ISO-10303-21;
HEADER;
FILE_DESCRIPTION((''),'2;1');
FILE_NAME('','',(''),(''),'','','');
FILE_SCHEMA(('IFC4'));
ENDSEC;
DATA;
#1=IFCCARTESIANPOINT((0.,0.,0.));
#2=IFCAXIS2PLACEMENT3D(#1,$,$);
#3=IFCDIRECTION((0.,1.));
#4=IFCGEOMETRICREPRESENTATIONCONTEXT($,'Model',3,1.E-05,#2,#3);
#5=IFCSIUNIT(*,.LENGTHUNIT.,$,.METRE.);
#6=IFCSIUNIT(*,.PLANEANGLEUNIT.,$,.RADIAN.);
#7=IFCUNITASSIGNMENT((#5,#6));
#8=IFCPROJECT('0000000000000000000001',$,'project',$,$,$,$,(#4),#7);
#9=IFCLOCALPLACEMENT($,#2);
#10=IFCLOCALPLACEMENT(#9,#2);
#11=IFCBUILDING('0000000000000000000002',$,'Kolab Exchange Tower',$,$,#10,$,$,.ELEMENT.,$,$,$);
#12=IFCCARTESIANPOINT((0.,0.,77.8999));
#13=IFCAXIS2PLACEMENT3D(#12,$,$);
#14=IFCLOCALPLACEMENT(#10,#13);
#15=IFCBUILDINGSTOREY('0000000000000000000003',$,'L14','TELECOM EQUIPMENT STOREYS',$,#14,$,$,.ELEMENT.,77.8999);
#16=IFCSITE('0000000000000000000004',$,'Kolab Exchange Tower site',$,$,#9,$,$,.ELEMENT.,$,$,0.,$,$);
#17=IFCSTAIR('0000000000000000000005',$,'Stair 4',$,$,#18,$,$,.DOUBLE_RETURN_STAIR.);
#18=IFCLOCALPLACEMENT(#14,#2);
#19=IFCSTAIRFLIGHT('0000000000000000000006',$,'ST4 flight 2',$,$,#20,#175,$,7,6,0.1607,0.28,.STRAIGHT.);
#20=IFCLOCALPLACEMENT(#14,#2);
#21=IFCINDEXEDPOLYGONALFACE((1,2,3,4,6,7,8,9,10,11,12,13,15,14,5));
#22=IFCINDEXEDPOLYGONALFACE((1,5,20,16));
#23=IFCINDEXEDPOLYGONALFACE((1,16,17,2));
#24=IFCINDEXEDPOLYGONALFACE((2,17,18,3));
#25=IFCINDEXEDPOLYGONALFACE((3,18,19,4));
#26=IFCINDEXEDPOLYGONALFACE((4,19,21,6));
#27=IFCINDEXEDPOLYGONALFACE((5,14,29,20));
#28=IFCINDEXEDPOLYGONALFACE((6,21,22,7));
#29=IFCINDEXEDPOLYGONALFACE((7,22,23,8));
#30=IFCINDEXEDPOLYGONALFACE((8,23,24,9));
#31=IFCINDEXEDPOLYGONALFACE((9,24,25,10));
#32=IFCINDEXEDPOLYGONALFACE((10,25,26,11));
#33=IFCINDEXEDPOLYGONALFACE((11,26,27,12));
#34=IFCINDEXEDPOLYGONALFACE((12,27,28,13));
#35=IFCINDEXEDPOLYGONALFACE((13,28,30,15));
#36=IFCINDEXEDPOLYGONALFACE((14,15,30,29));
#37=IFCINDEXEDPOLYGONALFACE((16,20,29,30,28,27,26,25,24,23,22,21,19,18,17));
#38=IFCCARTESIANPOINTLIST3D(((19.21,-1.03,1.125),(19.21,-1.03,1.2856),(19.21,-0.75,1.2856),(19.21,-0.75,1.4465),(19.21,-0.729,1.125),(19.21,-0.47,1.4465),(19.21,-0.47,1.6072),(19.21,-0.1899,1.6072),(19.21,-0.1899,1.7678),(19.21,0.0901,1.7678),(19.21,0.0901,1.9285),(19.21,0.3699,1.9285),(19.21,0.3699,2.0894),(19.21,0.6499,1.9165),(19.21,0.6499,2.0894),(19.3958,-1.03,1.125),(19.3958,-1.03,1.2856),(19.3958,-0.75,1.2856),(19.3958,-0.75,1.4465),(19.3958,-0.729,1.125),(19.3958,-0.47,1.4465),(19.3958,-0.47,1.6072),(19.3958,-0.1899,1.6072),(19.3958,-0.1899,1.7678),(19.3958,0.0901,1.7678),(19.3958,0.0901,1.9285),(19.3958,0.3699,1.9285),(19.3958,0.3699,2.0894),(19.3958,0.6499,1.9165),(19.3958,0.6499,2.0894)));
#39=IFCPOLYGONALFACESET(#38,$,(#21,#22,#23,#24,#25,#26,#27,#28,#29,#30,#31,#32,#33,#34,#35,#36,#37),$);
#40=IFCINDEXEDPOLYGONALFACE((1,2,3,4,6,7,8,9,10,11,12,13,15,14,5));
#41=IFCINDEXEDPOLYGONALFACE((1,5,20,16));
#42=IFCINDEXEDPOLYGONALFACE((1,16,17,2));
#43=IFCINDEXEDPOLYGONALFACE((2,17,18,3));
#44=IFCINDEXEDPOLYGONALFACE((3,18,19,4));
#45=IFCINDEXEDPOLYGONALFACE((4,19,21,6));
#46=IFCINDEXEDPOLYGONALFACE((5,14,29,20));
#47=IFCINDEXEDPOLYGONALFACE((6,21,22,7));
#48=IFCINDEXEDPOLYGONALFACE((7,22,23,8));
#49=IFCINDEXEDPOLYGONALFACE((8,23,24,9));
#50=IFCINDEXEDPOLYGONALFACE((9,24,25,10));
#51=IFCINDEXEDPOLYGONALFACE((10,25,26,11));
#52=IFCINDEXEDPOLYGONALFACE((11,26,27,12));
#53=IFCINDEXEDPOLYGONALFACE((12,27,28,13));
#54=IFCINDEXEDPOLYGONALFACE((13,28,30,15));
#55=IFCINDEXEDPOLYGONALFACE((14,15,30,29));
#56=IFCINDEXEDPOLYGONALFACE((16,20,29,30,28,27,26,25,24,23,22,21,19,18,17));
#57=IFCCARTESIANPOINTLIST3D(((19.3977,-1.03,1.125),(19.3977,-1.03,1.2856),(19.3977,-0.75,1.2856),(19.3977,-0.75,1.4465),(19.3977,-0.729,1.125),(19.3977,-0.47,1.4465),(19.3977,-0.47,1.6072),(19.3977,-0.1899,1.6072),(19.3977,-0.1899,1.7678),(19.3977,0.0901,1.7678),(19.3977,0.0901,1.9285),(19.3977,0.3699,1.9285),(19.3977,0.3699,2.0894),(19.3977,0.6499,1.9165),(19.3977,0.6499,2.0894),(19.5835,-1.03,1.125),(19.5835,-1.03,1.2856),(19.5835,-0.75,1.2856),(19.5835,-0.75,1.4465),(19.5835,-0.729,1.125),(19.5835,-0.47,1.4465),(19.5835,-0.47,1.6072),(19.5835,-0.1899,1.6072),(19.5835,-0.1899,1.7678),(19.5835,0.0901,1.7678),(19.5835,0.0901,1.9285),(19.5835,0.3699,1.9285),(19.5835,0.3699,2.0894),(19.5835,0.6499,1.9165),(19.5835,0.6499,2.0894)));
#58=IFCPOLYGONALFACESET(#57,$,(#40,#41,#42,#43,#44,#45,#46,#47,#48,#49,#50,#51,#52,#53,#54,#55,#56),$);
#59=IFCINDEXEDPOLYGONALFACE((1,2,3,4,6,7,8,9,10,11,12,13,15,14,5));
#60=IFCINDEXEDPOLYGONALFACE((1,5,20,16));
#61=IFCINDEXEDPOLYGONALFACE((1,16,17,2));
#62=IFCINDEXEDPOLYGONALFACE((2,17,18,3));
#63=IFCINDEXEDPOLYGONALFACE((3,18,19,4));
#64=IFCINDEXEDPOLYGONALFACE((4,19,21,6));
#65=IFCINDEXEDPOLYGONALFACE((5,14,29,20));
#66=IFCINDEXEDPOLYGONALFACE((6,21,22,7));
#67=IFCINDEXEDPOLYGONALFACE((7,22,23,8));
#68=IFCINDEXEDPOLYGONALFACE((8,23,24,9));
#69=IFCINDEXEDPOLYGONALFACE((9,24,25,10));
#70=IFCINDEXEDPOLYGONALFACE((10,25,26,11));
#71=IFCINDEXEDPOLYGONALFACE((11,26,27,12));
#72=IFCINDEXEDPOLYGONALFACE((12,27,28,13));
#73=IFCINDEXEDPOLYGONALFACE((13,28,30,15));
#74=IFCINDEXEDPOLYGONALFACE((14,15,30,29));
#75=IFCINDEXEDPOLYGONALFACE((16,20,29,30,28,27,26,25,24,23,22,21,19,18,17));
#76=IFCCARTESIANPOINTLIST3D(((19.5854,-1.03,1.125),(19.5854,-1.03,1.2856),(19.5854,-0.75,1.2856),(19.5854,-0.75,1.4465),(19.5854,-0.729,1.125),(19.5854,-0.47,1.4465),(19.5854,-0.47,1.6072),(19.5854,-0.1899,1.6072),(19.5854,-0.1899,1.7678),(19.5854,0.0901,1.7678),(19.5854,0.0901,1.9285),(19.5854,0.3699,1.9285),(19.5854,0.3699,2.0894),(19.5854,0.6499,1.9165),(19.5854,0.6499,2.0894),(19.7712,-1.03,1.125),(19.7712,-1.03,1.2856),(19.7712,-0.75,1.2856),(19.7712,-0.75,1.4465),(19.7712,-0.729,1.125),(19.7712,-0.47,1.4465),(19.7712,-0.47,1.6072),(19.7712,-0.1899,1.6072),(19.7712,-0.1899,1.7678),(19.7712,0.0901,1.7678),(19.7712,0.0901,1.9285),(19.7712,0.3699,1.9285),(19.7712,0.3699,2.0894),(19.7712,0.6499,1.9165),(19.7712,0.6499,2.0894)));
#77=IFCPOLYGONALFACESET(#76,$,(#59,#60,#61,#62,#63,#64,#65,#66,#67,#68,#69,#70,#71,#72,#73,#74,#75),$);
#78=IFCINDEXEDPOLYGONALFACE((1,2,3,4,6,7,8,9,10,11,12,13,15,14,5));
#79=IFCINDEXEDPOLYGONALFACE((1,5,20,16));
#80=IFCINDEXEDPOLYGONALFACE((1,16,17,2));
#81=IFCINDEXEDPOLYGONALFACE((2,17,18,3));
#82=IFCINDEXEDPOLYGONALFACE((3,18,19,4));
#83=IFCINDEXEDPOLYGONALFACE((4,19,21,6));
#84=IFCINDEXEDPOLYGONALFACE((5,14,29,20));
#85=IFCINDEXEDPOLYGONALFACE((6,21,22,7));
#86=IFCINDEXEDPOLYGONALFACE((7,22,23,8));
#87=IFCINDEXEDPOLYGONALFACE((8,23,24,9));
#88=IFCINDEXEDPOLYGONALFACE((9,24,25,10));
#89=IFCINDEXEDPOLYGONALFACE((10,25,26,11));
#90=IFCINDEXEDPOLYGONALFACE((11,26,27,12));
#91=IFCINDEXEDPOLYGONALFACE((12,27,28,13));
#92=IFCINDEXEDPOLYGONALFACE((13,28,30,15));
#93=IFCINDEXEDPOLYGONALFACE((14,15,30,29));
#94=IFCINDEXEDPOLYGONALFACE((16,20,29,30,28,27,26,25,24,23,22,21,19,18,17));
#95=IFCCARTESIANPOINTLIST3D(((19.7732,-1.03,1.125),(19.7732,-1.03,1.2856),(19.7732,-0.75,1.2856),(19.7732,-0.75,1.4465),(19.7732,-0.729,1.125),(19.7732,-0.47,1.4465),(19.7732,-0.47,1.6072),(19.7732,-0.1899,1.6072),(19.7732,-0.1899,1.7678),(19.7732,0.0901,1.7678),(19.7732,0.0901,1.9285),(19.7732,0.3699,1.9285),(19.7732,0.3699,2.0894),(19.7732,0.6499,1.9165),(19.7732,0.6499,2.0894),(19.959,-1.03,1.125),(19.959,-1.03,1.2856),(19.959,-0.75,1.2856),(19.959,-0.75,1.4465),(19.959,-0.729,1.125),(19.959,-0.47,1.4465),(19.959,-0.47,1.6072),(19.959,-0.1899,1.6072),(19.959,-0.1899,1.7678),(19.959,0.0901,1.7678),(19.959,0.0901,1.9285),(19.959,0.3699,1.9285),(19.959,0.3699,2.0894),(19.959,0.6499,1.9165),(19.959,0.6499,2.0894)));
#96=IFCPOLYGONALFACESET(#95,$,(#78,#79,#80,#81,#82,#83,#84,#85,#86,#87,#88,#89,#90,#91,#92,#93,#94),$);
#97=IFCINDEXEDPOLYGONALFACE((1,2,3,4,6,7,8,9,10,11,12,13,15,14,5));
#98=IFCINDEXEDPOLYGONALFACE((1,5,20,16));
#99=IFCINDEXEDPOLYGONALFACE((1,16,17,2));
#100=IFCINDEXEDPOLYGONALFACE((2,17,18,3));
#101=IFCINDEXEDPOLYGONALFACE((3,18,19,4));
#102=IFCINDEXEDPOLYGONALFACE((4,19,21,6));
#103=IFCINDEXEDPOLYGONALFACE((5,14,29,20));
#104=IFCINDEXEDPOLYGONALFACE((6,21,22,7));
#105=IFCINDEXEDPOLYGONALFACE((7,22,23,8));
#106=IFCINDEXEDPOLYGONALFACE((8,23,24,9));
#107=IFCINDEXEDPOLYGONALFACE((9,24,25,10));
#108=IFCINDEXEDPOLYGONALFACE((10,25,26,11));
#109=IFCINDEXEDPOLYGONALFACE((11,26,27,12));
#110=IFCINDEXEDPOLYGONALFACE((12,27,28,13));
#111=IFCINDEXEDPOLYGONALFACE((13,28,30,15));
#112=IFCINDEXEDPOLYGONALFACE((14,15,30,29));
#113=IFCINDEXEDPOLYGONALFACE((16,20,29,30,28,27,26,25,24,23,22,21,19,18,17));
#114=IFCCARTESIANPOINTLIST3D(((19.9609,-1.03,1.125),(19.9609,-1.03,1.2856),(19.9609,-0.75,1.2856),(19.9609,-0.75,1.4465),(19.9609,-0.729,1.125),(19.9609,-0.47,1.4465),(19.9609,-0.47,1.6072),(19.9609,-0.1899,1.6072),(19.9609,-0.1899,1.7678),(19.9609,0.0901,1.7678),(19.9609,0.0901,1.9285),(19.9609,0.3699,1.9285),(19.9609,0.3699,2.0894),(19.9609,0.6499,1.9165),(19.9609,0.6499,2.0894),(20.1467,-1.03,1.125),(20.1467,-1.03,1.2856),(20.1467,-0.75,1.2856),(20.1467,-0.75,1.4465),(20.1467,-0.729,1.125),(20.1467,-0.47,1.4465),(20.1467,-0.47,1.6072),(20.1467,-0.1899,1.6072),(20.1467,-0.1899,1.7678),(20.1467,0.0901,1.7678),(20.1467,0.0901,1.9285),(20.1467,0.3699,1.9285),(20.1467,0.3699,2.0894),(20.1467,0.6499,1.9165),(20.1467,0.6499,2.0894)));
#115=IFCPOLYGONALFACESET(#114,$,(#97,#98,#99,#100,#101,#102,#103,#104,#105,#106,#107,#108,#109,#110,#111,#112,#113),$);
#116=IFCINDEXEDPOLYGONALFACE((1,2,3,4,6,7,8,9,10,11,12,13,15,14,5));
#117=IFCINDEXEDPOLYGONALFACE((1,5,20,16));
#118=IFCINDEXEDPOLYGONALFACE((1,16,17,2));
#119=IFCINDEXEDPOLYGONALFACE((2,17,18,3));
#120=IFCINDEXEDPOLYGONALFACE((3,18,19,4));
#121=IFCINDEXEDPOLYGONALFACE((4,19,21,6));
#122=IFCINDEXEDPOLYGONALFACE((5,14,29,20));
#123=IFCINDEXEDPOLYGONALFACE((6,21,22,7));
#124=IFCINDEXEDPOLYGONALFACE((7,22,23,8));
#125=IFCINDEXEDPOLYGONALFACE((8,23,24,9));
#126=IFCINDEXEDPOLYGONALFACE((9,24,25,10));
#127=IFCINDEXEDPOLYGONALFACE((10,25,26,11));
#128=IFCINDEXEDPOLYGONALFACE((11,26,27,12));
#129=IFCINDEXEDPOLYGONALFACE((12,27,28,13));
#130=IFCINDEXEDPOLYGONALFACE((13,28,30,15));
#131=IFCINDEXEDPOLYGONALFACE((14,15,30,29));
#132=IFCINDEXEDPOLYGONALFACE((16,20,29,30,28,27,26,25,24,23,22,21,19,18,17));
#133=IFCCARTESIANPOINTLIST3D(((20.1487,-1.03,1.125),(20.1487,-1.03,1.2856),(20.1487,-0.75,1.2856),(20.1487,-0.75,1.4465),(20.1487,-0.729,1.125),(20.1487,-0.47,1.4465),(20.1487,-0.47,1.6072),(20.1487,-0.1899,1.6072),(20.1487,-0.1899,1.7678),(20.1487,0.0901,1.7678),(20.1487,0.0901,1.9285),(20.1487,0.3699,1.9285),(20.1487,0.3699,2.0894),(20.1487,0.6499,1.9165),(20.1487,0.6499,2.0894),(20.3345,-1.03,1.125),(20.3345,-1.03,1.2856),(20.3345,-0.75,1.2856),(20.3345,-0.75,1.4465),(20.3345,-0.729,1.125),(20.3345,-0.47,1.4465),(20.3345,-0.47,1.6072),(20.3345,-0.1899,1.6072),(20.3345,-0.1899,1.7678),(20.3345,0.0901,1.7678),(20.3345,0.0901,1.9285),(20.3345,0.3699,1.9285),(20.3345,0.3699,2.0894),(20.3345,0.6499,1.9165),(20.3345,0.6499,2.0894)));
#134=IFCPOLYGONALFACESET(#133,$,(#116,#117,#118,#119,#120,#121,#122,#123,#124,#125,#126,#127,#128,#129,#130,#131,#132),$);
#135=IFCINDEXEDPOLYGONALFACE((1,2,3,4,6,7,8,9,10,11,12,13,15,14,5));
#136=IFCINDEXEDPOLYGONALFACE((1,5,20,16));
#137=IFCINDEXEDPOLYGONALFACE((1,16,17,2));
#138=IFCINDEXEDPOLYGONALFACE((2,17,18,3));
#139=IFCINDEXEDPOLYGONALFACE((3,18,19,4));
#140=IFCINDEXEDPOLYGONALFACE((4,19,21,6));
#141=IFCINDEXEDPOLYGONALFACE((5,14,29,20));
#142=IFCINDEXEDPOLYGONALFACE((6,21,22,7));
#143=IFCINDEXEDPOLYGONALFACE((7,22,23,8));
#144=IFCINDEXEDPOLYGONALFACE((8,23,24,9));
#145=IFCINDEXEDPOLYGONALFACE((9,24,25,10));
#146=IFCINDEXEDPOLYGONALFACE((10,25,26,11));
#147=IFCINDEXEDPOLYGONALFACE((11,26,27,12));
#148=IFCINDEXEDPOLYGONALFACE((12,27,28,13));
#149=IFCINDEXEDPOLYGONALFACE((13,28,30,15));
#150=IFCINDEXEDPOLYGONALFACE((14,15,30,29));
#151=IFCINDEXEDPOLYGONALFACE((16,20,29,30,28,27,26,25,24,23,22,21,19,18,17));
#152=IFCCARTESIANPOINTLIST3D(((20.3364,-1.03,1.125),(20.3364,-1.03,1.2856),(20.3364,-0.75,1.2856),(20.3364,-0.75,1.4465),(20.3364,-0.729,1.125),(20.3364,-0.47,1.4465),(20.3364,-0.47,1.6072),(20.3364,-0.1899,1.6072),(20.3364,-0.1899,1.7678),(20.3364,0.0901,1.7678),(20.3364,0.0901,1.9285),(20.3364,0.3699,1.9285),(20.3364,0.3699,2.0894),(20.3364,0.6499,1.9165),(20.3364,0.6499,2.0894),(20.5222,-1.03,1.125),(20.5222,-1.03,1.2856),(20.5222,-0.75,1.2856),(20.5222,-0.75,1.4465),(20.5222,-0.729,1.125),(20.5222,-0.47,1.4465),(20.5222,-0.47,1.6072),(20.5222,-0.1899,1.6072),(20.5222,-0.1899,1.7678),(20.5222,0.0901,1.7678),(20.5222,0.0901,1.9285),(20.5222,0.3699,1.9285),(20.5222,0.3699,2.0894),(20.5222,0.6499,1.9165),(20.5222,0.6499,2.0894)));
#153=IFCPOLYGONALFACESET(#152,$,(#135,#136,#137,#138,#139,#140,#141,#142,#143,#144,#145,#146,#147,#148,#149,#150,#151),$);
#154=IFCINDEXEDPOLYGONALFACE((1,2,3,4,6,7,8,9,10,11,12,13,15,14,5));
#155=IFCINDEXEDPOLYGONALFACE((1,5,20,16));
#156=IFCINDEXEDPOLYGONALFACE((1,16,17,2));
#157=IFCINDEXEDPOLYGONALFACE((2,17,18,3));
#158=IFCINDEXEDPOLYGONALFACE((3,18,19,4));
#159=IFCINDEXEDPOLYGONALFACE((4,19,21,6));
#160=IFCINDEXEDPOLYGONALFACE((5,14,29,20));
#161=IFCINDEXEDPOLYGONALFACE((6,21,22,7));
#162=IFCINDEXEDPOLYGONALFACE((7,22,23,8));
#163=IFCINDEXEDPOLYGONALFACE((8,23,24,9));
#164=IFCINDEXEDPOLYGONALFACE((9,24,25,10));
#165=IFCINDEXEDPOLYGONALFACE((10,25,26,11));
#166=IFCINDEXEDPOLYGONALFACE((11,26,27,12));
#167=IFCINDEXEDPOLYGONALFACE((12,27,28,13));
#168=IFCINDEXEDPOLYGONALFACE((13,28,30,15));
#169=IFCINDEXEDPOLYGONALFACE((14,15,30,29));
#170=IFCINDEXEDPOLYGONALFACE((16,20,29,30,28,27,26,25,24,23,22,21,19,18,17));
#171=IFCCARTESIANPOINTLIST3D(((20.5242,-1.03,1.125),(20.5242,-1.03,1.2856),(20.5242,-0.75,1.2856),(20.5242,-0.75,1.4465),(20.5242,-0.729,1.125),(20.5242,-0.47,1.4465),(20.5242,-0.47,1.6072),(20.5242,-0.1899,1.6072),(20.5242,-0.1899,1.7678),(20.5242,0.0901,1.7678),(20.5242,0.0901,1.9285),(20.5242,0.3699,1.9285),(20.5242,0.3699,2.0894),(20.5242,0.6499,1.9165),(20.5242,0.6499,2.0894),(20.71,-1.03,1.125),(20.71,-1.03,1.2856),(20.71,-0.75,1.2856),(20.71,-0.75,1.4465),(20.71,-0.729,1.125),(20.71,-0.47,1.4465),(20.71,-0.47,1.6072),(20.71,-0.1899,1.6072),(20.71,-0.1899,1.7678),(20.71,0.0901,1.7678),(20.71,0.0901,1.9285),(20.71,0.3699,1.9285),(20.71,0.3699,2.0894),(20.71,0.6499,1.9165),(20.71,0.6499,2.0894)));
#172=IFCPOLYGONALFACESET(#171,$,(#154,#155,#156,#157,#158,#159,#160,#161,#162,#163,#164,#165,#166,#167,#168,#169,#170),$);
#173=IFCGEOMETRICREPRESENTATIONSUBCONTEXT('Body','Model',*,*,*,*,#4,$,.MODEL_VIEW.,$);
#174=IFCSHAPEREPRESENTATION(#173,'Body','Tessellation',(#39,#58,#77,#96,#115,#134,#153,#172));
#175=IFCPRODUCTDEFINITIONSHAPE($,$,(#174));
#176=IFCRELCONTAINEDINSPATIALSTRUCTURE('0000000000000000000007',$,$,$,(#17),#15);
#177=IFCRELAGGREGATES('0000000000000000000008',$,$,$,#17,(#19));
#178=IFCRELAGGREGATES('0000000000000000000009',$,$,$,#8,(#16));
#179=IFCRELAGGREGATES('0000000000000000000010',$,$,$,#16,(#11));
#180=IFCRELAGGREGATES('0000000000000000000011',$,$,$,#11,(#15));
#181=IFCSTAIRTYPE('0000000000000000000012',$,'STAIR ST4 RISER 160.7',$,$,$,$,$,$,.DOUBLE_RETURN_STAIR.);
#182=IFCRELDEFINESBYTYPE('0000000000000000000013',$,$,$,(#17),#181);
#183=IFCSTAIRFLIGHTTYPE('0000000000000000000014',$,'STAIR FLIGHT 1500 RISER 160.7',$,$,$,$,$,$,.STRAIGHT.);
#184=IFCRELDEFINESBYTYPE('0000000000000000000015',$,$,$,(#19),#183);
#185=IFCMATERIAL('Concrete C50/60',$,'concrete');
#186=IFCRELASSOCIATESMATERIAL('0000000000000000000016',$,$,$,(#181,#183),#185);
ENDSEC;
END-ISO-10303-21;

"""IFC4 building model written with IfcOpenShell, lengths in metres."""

from ifc_helpers import new_model, si_unit, direction, frame, origin, place, context, subcontext, project, spatial, polyline, outline, extrude, material, type_object, element, aggregate, save


model = new_model("IFC4")

# Units and contexts
model_context = context("Model", 3, precision=1e-05, world=origin(), true_north=direction((0.0, 1.0)))
body_context = subcontext(model_context, "Body", "Model", "MODEL_VIEW")
ifc_project = project(units=[si_unit("LENGTHUNIT", "METRE"), si_unit("PLANEANGLEUNIT", "RADIAN")], contexts=[model_context])

# Site, building, storey
site_placement = place(None, origin())
site = spatial("IfcSite", under=ifc_project, at=site_placement, Name="Kolab Exchange Tower site", CompositionType="ELEMENT", RefElevation=0.0)
building_placement = place(site_placement, origin())
building = spatial("IfcBuilding", under=site, at=building_placement, Name="Kolab Exchange Tower", CompositionType="ELEMENT")
storey_placement = place(building_placement, frame((0.0, 0.0, 77.8999)))
storey = spatial("IfcBuildingStorey", under=building, at=storey_placement, Name="L14", Description="TELECOM EQUIPMENT STOREYS", CompositionType="ELEMENT", Elevation=77.8999)

# Shared definitions
ifc_material_1 = material(Name="Concrete C50/60", Category="concrete")

# Stair, stair flight
stair_type = type_object("IfcStairType", Name="STAIR ST4 RISER 160.7", PredefinedType="DOUBLE_RETURN_STAIR", material=ifc_material_1)
stair_placement = place(storey_placement, origin())
stair = element("IfcStair", 1, at=stair_placement, inside=storey, type_object=stair_type, Name="Stair 4", PredefinedType="DOUBLE_RETURN_STAIR")
stair_flight_type = type_object("IfcStairFlightType", Name="STAIR FLIGHT 1500 RISER 160.7", PredefinedType="STRAIGHT", material=ifc_material_1)
stair_flight_1_placement = place(storey_placement, frame((19.96, -1.03, 1.125), z_axis=(0.0, 0.0, 1.0), x_axis=(0.0, 1.0, 0.0)))
stair_flight_1 = element("IfcStairFlight", 2, at=stair_flight_1_placement, type_object=stair_flight_type, Name="ST4 flight 2", NumberOfRisers=7, NumberOfTreads=6, PredefinedType="STRAIGHT", RiserHeight=0.1607, TreadLength=0.28, context=body_context, shape_type="SweptSolid", body=[
    extrude(outline(polyline([(0.0, 0.0), (0.0, 0.1606), (0.28, 0.1606), (0.28, 0.3215), (0.5601, 0.3215), (0.5601, 0.4822), (0.8401, 0.4822), (0.8401, 0.6428), (1.1201, 0.6428), (1.1201, 0.8035), (1.3999, 0.8035), (1.3999, 0.9644), (1.6799, 0.9644), (1.6799, 1.125), (1.6799, 0.7915), (0.301, 0.0), (0.0, 0.0)])), frame((0.0, 0.75, 0.0), z_axis=(0.0, -1.0, 0.0), x_axis=(1.0, 0.0, 0.0)), (0.0, 0.0, 1.0), 0.1858),
    extrude(outline(polyline([(0.0, 0.0), (0.0, 0.1606), (0.28, 0.1606), (0.28, 0.3215), (0.5601, 0.3215), (0.5601, 0.4822), (0.8401, 0.4822), (0.8401, 0.6428), (1.1201, 0.6428), (1.1201, 0.8035), (1.3999, 0.8035), (1.3999, 0.9644), (1.6799, 0.9644), (1.6799, 1.125), (1.6799, 0.7915), (0.301, 0.0), (0.0, 0.0)])), frame((0.0, 0.5623, 0.0), z_axis=(0.0, -1.0, 0.0), x_axis=(1.0, 0.0, 0.0)), (0.0, 0.0, 1.0), 0.1858),
    extrude(outline(polyline([(0.0, 0.0), (0.0, 0.1606), (0.28, 0.1606), (0.28, 0.3215), (0.5601, 0.3215), (0.5601, 0.4822), (0.8401, 0.4822), (0.8401, 0.6428), (1.1201, 0.6428), (1.1201, 0.8035), (1.3999, 0.8035), (1.3999, 0.9644), (1.6799, 0.9644), (1.6799, 1.125), (1.6799, 0.7915), (0.301, 0.0), (0.0, 0.0)])), frame((0.0, 0.3745, 0.0), z_axis=(0.0, -1.0, 0.0), x_axis=(1.0, 0.0, 0.0)), (0.0, 0.0, 1.0), 0.1858),
    extrude(outline(polyline([(0.0, 0.0), (0.0, 0.1606), (0.28, 0.1606), (0.28, 0.3215), (0.5601, 0.3215), (0.5601, 0.4822), (0.8401, 0.4822), (0.8401, 0.6428), (1.1201, 0.6428), (1.1201, 0.8035), (1.3999, 0.8035), (1.3999, 0.9644), (1.6799, 0.9644), (1.6799, 1.125), (1.6799, 0.7915), (0.301, 0.0), (0.0, 0.0)])), frame((0.0, 0.1868, 0.0), z_axis=(0.0, -1.0, 0.0), x_axis=(1.0, 0.0, 0.0)), (0.0, 0.0, 1.0), 0.1858),
    extrude(outline(polyline([(0.0, 0.0), (0.0, 0.1606), (0.28, 0.1606), (0.28, 0.3215), (0.5601, 0.3215), (0.5601, 0.4822), (0.8401, 0.4822), (0.8401, 0.6428), (1.1201, 0.6428), (1.1201, 0.8035), (1.3999, 0.8035), (1.3999, 0.9644), (1.6799, 0.9644), (1.6799, 1.125), (1.6799, 0.7915), (0.301, 0.0), (0.0, 0.0)])), frame((0.0, -0.001, 0.0), z_axis=(0.0, -1.0, 0.0), x_axis=(1.0, 0.0, 0.0)), (0.0, 0.0, 1.0), 0.1858),
    extrude(outline(polyline([(0.0, 0.0), (0.0, 0.1606), (0.28, 0.1606), (0.28, 0.3215), (0.5601, 0.3215), (0.5601, 0.4822), (0.8401, 0.4822), (0.8401, 0.6428), (1.1201, 0.6428), (1.1201, 0.8035), (1.3999, 0.8035), (1.3999, 0.9644), (1.6799, 0.9644), (1.6799, 1.125), (1.6799, 0.7915), (0.301, 0.0), (0.0, 0.0)])), frame((0.0, -0.1887, 0.0), z_axis=(0.0, -1.0, 0.0), x_axis=(1.0, 0.0, 0.0)), (0.0, 0.0, 1.0), 0.1858),
    extrude(outline(polyline([(0.0, 0.0), (0.0, 0.1606), (0.28, 0.1606), (0.28, 0.3215), (0.5601, 0.3215), (0.5601, 0.4822), (0.8401, 0.4822), (0.8401, 0.6428), (1.1201, 0.6428), (1.1201, 0.8035), (1.3999, 0.8035), (1.3999, 0.9644), (1.6799, 0.9644), (1.6799, 1.125), (1.6799, 0.7915), (0.301, 0.0), (0.0, 0.0)])), frame((0.0, -0.3765, 0.0), z_axis=(0.0, -1.0, 0.0), x_axis=(1.0, 0.0, 0.0)), (0.0, 0.0, 1.0), 0.1858),
    extrude(outline(polyline([(0.0, 0.0), (0.0, 0.1606), (0.28, 0.1606), (0.28, 0.3215), (0.5601, 0.3215), (0.5601, 0.4822), (0.8401, 0.4822), (0.8401, 0.6428), (1.1201, 0.6428), (1.1201, 0.8035), (1.3999, 0.8035), (1.3999, 0.9644), (1.6799, 0.9644), (1.6799, 1.125), (1.6799, 0.7915), (0.301, 0.0), (0.0, 0.0)])), frame((0.0, -0.5642, 0.0), z_axis=(0.0, -1.0, 0.0), x_axis=(1.0, 0.0, 0.0)), (0.0, 0.0, 1.0), 0.1858),
])
aggregate(stair, [stair_flight_1])

save(model, "model.ifc")
